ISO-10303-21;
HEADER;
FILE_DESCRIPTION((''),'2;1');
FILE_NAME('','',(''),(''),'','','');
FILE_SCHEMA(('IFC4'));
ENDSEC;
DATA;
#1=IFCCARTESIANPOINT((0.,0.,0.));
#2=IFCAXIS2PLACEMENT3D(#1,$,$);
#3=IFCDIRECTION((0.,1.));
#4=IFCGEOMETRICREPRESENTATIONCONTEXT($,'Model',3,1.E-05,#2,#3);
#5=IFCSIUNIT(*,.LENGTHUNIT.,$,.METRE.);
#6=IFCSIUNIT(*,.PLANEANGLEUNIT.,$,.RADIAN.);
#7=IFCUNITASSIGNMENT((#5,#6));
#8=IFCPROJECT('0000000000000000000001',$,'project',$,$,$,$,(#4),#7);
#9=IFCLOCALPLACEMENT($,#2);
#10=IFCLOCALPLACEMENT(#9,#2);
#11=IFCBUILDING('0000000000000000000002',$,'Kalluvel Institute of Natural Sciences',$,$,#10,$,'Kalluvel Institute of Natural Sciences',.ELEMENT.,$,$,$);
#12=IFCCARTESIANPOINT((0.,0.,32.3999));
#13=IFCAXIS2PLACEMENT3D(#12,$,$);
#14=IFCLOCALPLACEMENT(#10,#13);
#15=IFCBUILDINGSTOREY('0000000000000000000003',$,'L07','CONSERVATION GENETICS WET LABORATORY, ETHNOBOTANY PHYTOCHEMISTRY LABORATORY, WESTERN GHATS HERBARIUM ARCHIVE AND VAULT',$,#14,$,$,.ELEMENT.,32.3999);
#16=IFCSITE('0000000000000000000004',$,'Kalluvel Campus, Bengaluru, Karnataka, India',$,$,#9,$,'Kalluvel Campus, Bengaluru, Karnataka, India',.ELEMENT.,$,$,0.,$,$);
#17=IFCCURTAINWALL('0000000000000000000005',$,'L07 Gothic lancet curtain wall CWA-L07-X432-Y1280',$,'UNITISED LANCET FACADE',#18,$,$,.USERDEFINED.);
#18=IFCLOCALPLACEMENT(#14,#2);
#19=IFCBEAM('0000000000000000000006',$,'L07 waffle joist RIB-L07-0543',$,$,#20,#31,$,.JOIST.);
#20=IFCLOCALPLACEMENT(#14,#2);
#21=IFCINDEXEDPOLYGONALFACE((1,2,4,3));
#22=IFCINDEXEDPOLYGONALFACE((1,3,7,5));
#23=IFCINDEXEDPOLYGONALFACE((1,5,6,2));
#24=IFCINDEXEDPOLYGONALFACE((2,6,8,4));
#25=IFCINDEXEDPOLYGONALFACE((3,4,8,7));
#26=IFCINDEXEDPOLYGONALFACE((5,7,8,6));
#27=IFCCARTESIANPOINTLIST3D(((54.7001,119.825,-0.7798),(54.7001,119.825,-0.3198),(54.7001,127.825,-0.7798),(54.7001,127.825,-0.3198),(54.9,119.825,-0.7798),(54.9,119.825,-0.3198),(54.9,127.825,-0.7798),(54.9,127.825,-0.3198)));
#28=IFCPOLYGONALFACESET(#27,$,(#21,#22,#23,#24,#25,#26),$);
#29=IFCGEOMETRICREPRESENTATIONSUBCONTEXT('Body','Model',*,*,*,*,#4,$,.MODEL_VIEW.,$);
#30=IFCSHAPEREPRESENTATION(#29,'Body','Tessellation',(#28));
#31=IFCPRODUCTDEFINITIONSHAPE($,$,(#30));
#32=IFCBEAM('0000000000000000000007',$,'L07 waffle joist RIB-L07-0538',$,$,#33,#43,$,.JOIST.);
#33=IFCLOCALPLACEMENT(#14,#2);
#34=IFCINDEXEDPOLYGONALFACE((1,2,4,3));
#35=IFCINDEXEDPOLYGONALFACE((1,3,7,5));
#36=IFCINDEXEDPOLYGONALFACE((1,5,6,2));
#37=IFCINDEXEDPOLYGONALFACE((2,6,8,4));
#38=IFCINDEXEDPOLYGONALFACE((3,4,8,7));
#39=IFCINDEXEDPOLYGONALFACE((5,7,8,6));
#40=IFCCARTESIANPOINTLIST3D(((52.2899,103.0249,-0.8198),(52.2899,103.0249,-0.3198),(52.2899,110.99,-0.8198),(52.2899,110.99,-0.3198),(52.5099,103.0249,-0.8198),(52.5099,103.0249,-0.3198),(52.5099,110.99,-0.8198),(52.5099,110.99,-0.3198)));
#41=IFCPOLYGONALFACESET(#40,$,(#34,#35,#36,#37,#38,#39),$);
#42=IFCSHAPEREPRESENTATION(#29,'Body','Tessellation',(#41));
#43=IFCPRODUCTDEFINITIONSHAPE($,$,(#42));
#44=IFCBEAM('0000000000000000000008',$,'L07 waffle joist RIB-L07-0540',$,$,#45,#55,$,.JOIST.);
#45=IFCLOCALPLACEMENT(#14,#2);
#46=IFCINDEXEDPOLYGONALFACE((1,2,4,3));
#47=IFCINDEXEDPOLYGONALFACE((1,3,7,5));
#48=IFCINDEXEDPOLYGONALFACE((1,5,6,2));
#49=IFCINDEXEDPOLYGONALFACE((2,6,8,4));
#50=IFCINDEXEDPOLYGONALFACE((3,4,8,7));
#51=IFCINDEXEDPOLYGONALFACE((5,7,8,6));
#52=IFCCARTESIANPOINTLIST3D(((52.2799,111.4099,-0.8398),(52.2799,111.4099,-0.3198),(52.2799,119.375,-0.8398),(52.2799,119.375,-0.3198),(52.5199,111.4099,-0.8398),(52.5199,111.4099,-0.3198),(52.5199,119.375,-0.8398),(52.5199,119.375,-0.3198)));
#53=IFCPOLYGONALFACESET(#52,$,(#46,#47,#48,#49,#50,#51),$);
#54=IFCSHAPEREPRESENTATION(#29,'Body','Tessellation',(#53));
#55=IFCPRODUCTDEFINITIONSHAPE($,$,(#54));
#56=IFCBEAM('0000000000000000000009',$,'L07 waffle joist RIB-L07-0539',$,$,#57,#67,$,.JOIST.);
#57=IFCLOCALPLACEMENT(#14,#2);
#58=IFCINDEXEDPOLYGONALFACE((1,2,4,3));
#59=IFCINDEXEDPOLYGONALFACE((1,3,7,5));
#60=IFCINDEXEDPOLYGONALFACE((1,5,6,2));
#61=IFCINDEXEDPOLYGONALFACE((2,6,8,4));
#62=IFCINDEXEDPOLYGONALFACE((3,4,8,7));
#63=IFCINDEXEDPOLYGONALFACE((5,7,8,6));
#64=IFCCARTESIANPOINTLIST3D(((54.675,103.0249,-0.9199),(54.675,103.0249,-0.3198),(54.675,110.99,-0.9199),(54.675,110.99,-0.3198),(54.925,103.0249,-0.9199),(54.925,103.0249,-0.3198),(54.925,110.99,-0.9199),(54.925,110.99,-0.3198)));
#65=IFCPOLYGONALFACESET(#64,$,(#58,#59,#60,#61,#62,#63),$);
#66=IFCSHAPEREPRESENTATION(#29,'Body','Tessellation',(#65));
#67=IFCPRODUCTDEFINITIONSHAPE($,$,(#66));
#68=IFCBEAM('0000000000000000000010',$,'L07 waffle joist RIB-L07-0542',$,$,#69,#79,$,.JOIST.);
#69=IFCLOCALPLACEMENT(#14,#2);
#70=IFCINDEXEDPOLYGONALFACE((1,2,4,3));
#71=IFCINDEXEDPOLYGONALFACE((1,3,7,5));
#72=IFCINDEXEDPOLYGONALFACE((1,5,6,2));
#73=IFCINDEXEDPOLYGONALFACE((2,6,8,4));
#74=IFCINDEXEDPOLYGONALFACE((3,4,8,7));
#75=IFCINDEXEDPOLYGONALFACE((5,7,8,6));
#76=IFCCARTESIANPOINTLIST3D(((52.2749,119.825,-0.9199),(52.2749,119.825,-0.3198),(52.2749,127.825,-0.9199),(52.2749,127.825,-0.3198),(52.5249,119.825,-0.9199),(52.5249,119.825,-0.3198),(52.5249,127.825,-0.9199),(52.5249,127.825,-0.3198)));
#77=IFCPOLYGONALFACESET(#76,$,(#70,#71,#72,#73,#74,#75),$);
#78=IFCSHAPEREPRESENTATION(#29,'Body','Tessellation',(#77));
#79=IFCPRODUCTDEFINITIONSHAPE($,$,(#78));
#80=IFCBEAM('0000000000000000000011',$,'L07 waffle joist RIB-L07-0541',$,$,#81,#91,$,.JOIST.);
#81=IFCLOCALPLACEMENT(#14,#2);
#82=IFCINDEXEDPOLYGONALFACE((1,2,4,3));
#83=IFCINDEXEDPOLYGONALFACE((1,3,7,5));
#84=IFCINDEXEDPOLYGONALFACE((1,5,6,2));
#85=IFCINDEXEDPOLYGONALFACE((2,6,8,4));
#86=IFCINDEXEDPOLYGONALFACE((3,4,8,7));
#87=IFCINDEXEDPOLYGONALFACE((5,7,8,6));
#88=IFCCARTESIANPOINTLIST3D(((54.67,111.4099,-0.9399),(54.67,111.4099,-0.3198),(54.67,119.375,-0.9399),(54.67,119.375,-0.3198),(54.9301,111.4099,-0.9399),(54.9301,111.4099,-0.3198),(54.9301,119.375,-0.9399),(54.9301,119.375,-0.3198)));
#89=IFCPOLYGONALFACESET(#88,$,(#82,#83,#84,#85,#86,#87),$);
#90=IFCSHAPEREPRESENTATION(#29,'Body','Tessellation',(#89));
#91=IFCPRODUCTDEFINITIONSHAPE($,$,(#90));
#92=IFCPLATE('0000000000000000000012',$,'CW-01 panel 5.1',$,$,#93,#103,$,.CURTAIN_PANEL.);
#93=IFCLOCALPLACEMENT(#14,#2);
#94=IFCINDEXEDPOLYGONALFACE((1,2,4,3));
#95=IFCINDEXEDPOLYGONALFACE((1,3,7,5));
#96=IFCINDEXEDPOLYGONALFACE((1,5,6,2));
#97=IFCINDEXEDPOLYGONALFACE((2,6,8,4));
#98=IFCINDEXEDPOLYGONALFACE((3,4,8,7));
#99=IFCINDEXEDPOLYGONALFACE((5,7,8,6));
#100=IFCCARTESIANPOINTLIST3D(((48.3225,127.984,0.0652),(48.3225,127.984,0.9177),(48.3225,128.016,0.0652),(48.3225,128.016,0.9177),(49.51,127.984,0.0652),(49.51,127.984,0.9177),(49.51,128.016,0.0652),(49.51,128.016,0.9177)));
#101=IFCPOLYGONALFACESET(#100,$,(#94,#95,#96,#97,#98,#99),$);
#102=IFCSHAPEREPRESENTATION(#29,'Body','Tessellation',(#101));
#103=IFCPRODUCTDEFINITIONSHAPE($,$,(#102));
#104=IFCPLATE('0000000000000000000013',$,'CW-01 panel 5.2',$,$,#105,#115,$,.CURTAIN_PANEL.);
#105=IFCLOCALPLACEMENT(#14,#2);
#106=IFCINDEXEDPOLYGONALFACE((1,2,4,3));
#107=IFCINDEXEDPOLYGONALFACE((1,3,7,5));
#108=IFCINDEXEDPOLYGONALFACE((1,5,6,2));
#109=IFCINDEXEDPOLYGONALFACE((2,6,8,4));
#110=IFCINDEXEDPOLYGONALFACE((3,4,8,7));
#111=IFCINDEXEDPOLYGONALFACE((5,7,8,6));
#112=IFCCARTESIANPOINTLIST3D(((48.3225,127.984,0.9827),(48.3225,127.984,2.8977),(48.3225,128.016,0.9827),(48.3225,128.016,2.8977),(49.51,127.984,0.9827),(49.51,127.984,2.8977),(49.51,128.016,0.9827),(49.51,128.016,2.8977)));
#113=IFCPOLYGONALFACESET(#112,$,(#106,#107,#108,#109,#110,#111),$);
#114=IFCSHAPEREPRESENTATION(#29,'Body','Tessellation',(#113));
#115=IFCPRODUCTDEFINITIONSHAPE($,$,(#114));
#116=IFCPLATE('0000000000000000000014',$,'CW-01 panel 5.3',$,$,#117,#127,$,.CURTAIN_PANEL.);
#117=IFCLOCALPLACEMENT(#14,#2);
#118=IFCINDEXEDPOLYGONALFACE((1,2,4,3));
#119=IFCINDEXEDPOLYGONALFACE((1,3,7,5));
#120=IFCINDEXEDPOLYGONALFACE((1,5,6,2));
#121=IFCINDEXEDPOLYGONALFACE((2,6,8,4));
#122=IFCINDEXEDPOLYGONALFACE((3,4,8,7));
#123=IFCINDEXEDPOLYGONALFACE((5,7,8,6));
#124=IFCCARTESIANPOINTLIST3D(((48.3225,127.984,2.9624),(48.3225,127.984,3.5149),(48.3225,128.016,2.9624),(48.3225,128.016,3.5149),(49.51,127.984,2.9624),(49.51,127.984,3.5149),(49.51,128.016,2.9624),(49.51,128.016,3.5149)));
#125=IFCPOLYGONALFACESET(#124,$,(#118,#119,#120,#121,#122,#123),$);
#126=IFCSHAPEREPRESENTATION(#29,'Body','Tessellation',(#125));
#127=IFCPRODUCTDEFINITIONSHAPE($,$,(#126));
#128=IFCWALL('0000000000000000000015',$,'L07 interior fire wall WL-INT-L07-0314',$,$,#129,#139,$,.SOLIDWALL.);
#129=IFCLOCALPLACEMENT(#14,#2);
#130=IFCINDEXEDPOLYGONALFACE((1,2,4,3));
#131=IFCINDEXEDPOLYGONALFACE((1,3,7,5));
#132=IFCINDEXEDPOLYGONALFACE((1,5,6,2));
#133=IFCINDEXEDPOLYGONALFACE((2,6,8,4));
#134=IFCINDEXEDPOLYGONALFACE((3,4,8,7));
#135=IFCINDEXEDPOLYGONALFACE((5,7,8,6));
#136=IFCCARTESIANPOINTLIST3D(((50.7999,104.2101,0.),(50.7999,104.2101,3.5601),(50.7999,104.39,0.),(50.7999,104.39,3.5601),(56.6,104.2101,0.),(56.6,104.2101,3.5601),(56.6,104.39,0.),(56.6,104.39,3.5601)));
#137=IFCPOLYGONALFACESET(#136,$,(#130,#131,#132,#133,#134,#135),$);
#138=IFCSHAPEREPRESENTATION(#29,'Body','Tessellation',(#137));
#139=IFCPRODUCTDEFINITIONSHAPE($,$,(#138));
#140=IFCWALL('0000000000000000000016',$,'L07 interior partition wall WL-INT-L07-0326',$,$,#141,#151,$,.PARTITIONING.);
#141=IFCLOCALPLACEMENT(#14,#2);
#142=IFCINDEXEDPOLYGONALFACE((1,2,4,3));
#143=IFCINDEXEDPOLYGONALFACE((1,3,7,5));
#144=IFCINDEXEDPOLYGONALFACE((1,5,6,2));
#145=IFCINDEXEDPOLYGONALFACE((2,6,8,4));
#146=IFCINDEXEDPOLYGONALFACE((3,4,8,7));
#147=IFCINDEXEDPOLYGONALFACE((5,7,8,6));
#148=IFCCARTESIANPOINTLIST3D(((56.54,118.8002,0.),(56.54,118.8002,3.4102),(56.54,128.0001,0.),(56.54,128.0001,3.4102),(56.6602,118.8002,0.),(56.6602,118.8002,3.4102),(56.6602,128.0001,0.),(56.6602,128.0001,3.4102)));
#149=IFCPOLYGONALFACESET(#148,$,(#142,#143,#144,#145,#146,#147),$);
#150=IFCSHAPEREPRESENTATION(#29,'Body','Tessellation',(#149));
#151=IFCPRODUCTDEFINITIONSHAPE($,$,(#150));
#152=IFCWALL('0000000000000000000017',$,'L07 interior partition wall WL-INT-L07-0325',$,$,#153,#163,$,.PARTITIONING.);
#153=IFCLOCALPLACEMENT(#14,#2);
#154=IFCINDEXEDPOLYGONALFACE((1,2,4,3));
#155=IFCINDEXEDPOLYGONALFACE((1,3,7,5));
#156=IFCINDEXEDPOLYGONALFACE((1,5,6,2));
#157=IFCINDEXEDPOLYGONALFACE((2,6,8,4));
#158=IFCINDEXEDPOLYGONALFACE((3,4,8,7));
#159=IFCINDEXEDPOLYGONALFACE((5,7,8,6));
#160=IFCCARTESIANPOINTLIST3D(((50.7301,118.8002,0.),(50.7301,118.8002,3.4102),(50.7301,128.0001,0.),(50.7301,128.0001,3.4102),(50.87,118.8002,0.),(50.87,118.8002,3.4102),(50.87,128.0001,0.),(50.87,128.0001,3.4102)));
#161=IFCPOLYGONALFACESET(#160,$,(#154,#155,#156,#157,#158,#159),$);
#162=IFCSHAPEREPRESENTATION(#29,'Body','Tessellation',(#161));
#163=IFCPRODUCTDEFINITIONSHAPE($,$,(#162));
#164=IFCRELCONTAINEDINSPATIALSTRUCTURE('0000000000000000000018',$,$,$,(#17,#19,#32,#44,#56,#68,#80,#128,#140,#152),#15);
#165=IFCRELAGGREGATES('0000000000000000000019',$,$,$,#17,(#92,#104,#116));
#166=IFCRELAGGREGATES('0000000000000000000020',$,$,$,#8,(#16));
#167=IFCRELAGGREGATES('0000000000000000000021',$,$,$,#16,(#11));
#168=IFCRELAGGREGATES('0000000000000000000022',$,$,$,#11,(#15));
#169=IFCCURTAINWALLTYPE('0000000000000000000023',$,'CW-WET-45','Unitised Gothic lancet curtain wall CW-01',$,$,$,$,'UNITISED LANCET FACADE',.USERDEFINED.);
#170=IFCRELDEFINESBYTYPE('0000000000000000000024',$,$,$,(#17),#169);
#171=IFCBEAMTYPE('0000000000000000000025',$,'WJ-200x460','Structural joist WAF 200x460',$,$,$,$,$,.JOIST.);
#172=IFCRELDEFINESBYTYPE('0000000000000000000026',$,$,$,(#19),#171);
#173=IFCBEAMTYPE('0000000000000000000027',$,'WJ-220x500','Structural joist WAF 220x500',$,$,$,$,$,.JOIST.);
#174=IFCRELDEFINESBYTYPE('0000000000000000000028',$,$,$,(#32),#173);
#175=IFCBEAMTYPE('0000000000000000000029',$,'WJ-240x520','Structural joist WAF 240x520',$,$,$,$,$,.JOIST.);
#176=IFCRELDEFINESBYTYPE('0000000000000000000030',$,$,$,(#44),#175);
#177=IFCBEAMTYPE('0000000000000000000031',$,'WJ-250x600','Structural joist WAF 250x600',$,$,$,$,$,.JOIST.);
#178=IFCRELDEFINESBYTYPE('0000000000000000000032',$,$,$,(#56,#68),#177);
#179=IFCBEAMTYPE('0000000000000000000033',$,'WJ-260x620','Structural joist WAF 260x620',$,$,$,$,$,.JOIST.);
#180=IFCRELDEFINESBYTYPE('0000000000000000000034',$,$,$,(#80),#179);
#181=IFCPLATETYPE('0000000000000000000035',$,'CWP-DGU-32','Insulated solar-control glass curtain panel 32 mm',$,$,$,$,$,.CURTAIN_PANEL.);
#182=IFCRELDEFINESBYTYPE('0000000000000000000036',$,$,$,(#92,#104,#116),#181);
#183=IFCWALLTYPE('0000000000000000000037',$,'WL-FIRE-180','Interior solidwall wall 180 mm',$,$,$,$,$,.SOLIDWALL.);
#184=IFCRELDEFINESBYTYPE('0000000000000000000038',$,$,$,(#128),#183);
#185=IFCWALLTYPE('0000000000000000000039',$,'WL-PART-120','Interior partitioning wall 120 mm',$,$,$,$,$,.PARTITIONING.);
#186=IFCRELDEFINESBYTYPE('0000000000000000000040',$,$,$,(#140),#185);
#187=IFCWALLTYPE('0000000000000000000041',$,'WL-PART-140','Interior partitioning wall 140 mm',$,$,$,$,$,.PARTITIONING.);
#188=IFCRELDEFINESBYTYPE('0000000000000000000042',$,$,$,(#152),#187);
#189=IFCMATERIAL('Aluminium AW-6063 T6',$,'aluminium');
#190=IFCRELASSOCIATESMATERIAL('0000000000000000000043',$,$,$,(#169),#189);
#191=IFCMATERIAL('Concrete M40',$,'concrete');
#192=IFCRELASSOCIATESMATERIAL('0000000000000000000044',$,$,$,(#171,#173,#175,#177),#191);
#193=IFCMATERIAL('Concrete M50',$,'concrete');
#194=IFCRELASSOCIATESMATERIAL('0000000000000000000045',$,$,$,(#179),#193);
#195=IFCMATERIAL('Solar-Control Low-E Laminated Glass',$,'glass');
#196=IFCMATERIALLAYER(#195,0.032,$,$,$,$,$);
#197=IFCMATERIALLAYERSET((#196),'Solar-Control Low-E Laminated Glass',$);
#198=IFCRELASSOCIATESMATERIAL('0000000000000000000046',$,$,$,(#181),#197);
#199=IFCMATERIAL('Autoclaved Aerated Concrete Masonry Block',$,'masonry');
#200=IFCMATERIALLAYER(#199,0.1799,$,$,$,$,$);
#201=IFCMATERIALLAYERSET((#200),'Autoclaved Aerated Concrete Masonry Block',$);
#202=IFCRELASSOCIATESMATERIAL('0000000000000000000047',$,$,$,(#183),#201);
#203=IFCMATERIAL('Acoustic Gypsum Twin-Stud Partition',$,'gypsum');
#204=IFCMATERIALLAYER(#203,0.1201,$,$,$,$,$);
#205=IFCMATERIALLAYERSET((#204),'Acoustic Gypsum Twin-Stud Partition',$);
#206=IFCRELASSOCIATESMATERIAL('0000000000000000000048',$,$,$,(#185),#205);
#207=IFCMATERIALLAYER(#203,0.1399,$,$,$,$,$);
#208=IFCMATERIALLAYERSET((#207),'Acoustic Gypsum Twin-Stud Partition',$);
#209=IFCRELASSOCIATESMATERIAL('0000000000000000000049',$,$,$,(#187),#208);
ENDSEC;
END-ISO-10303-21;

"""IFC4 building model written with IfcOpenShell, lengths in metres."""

from ifc_helpers import new_model, si_unit, direction, frame, frame_2d, origin, origin_2d, place, context, subcontext, project, spatial, rectangle, extrude, material, layer, layer_set, material_profile, profile_set, type_object, element, aggregate, save


model = new_model("IFC4")

# Units and contexts
model_context = context("Model", 3, precision=1e-05, world=origin(), true_north=direction((0.0, 1.0)))
body_context = subcontext(model_context, "Body", "Model", "MODEL_VIEW")
ifc_project = project(units=[si_unit("LENGTHUNIT", "METRE"), si_unit("PLANEANGLEUNIT", "RADIAN")], contexts=[model_context])

# Site, building, storey
site_placement = place(None, origin())
site = spatial("IfcSite", under=ifc_project, at=site_placement, Name="Kalluvel Campus, Bengaluru, Karnataka, India", LongName="Kalluvel Campus, Bengaluru, Karnataka, India", CompositionType="ELEMENT", RefElevation=0.0)
building_placement = place(site_placement, origin())
building = spatial("IfcBuilding", under=site, at=building_placement, Name="Kalluvel Institute of Natural Sciences", LongName="Kalluvel Institute of Natural Sciences", CompositionType="ELEMENT")
storey_placement = place(building_placement, frame((0.0, 0.0, 32.3999)))
storey = spatial("IfcBuildingStorey", under=building, at=storey_placement, Name="L07", Description="CONSERVATION GENETICS WET LABORATORY, ETHNOBOTANY PHYTOCHEMISTRY LABORATORY, WESTERN GHATS HERBARIUM ARCHIVE AND VAULT", CompositionType="ELEMENT", Elevation=32.3999)

# Shared definitions
ifc_material_1 = material(Name="Concrete M40", Category="concrete")

# Shared definitions
ifc_material_2 = material(Name="Concrete M50", Category="concrete")

# Curtain wall
ifc_material_3 = material(Name="Aluminium AW-6063 T6", Category="aluminium")
curtain_wall_type = type_object("IfcCurtainWallType", Name="CW-WET-45", Description="Unitised Gothic lancet curtain wall CW-01", ElementType="UNITISED LANCET FACADE", PredefinedType="USERDEFINED", material=ifc_material_3)
curtain_wall_1_placement = place(storey_placement, origin())
curtain_wall_1 = element("IfcCurtainWall", 1, at=curtain_wall_1_placement, inside=storey, type_object=curtain_wall_type, Name="L07 Gothic lancet curtain wall CWA-L07-X432-Y1280", ObjectType="UNITISED LANCET FACADE", PredefinedType="USERDEFINED")

# Beams
ifc_material_profile_1 = material_profile(ifc_material_1, rectangle(XDim=0.2, YDim=0.46, at=origin_2d()), Name="WAF 200x460")
ifc_profile_set_1 = profile_set([ifc_material_profile_1], Name="Concrete M40")
beam_type_1 = type_object("IfcBeamType", Name="WJ-200x460", Description="Structural joist WAF 200x460", PredefinedType="JOIST", material=ifc_profile_set_1)
beam_1_placement = place(storey_placement, frame((54.8, 119.825, -0.5498), z_axis=(0.0, 1.0, 0.0), x_axis=(-1.0, 0.0, 0.0)))
element("IfcBeam", 2, at=beam_1_placement, inside=storey, type_object=beam_type_1, Name="L07 waffle joist RIB-L07-0543", PredefinedType="JOIST", context=body_context, shape_type="SweptSolid", body=[
    extrude(rectangle(XDim=0.2, YDim=0.46, at=origin_2d()), origin(), (0.0, 0.0, 1.0), 8.0),
])
ifc_material_profile_2 = material_profile(ifc_material_1, rectangle(XDim=0.22, YDim=0.5, at=origin_2d()), Name="WAF 220x500")
ifc_profile_set_2 = profile_set([ifc_material_profile_2], Name="Concrete M40")
beam_type_2 = type_object("IfcBeamType", Name="WJ-220x500", Description="Structural joist WAF 220x500", PredefinedType="JOIST", material=ifc_profile_set_2)
beam_2_placement = place(storey_placement, frame((52.3999, 103.0249, -0.5698), z_axis=(0.0, 1.0, 0.0), x_axis=(-1.0, 0.0, 0.0)))
element("IfcBeam", 3, at=beam_2_placement, inside=storey, type_object=beam_type_2, Name="L07 waffle joist RIB-L07-0538", PredefinedType="JOIST", context=body_context, shape_type="SweptSolid", body=[
    extrude(rectangle(XDim=0.22, YDim=0.5, at=origin_2d()), origin(), (0.0, 0.0, 1.0), 7.9651),
])
ifc_material_profile_3 = material_profile(ifc_material_1, rectangle(XDim=0.24, YDim=0.52, at=origin_2d()), Name="WAF 240x520")
ifc_profile_set_3 = profile_set([ifc_material_profile_3], Name="Concrete M40")
beam_type_3 = type_object("IfcBeamType", Name="WJ-240x520", Description="Structural joist WAF 240x520", PredefinedType="JOIST", material=ifc_profile_set_3)
beam_3_placement = place(storey_placement, frame((52.3999, 111.4099, -0.5798), z_axis=(0.0, 1.0, 0.0), x_axis=(-1.0, 0.0, 0.0)))
element("IfcBeam", 4, at=beam_3_placement, inside=storey, type_object=beam_type_3, Name="L07 waffle joist RIB-L07-0540", PredefinedType="JOIST", context=body_context, shape_type="SweptSolid", body=[
    extrude(rectangle(XDim=0.24, YDim=0.52, at=origin_2d()), origin(), (0.0, 0.0, 1.0), 7.9651),
])
ifc_material_profile_4 = material_profile(ifc_material_1, rectangle(XDim=0.25, YDim=0.6001, at=origin_2d()), Name="WAF 250x600")
ifc_profile_set_4 = profile_set([ifc_material_profile_4], Name="Concrete M40")
beam_type_4 = type_object("IfcBeamType", Name="WJ-250x600", Description="Structural joist WAF 250x600", PredefinedType="JOIST", material=ifc_profile_set_4)
beam_4_placement = place(storey_placement, frame((54.8, 103.0249, -0.6199), z_axis=(0.0, 1.0, 0.0), x_axis=(-1.0, 0.0, 0.0)))
element("IfcBeam", 5, at=beam_4_placement, inside=storey, type_object=beam_type_4, Name="L07 waffle joist RIB-L07-0539", PredefinedType="JOIST", context=body_context, shape_type="SweptSolid", body=[
    extrude(rectangle(XDim=0.25, YDim=0.6001, at=origin_2d()), origin(), (0.0, 0.0, 1.0), 7.9651),
])
beam_5_placement = place(storey_placement, frame((52.3999, 119.825, -0.6199), z_axis=(0.0, 1.0, 0.0), x_axis=(-1.0, 0.0, 0.0)))
element("IfcBeam", 6, at=beam_5_placement, inside=storey, type_object=beam_type_4, Name="L07 waffle joist RIB-L07-0542", PredefinedType="JOIST", context=body_context, shape_type="SweptSolid", body=[
    extrude(rectangle(XDim=0.25, YDim=0.6001, at=origin_2d()), origin(), (0.0, 0.0, 1.0), 8.0),
])
ifc_material_profile_5 = material_profile(ifc_material_2, rectangle(XDim=0.26, YDim=0.6201, at=origin_2d()), Name="WAF 260x620")
ifc_profile_set_5 = profile_set([ifc_material_profile_5], Name="Concrete M50")
beam_type_5 = type_object("IfcBeamType", Name="WJ-260x620", Description="Structural joist WAF 260x620", PredefinedType="JOIST", material=ifc_profile_set_5)
beam_6_placement = place(storey_placement, frame((54.8, 111.4099, -0.6299), z_axis=(0.0, 1.0, 0.0), x_axis=(-1.0, 0.0, 0.0)))
element("IfcBeam", 7, at=beam_6_placement, inside=storey, type_object=beam_type_5, Name="L07 waffle joist RIB-L07-0541", PredefinedType="JOIST", context=body_context, shape_type="SweptSolid", body=[
    extrude(rectangle(XDim=0.26, YDim=0.6201, at=origin_2d()), origin(), (0.0, 0.0, 1.0), 7.9651),
])

# Plates
ifc_material_4 = material(Name="Solar-Control Low-E Laminated Glass", Category="glass")
ifc_layer_1 = layer(ifc_material_4, 0.032)
ifc_layer_set_1 = layer_set([ifc_layer_1], Name="Solar-Control Low-E Laminated Glass")
plate_type = type_object("IfcPlateType", Name="CWP-DGU-32", Description="Insulated solar-control glass curtain panel 32 mm", PredefinedType="CURTAIN_PANEL", material=ifc_layer_set_1)
plate_1_placement = place(storey_placement, frame((48.9163, 128.0, 0.0652), z_axis=(0.0, 0.0, 1.0), x_axis=(1.0, 0.0, 0.0)))
plate_1 = element("IfcPlate", 8, at=plate_1_placement, type_object=plate_type, Name="CW-01 panel 5.1", PredefinedType="CURTAIN_PANEL", context=body_context, shape_type="SweptSolid", body=[
    extrude(rectangle(XDim=1.1875, YDim=0.032, at=origin_2d()), origin(), (0.0, 0.0, 1.0), 0.8525),
])
plate_2_placement = place(storey_placement, frame((48.9163, 128.0, 0.9827), z_axis=(0.0, 0.0, 1.0), x_axis=(1.0, 0.0, 0.0)))
plate_2 = element("IfcPlate", 9, at=plate_2_placement, type_object=plate_type, Name="CW-01 panel 5.2", PredefinedType="CURTAIN_PANEL", context=body_context, shape_type="SweptSolid", body=[
    extrude(rectangle(XDim=1.1875, YDim=0.032, at=origin_2d()), origin(), (0.0, 0.0, 1.0), 1.915),
])
plate_3_placement = place(storey_placement, frame((48.9163, 128.0, 2.9624), z_axis=(0.0, 0.0, 1.0), x_axis=(1.0, 0.0, 0.0)))
plate_3 = element("IfcPlate", 10, at=plate_3_placement, type_object=plate_type, Name="CW-01 panel 5.3", PredefinedType="CURTAIN_PANEL", context=body_context, shape_type="SweptSolid", body=[
    extrude(rectangle(XDim=1.1875, YDim=0.032, at=origin_2d()), origin(), (0.0, 0.0, 1.0), 0.5525),
])
aggregate(curtain_wall_1, [plate_1, plate_2, plate_3])

# Walls
ifc_material_5 = material(Name="Autoclaved Aerated Concrete Masonry Block", Category="masonry")
ifc_layer_2 = layer(ifc_material_5, 0.1799)
ifc_layer_set_2 = layer_set([ifc_layer_2], Name="Autoclaved Aerated Concrete Masonry Block")
wall_type_1 = type_object("IfcWallType", Name="WL-FIRE-180", Description="Interior solidwall wall 180 mm", PredefinedType="SOLIDWALL", material=ifc_layer_set_2)
wall_1_placement = place(storey_placement, frame((50.8, 104.3, 0.0), z_axis=(0.0, 0.0, 1.0), x_axis=(1.0, 0.0, 0.0)))
element("IfcWall", 11, at=wall_1_placement, inside=storey, type_object=wall_type_1, Name="L07 interior fire wall WL-INT-L07-0314", PredefinedType="SOLIDWALL", context=body_context, shape_type="SweptSolid", body=[
    extrude(rectangle(XDim=5.8, YDim=0.1799, at=frame_2d((2.8999, 0.0))), origin(), (0.0, 0.0, 1.0), 3.5601),
])
ifc_material_6 = material(Name="Acoustic Gypsum Twin-Stud Partition", Category="gypsum")
ifc_layer_3 = layer(ifc_material_6, 0.1201)
ifc_layer_set_3 = layer_set([ifc_layer_3], Name="Acoustic Gypsum Twin-Stud Partition")
wall_type_2 = type_object("IfcWallType", Name="WL-PART-120", Description="Interior partitioning wall 120 mm", PredefinedType="PARTITIONING", material=ifc_layer_set_3)
wall_2_placement = place(storey_placement, frame((56.6001, 118.8, 0.0), z_axis=(0.0, 0.0, 1.0), x_axis=(0.0, 1.0, 0.0)))
element("IfcWall", 12, at=wall_2_placement, inside=storey, type_object=wall_type_2, Name="L07 interior partition wall WL-INT-L07-0326", PredefinedType="PARTITIONING", context=body_context, shape_type="SweptSolid", body=[
    extrude(rectangle(XDim=9.2, YDim=0.1201, at=frame_2d((4.6001, 0.0))), origin(), (0.0, 0.0, 1.0), 3.4102),
])
ifc_layer_4 = layer(ifc_material_6, 0.1399)
ifc_layer_set_4 = layer_set([ifc_layer_4], Name="Acoustic Gypsum Twin-Stud Partition")
wall_type_3 = type_object("IfcWallType", Name="WL-PART-140", Description="Interior partitioning wall 140 mm", PredefinedType="PARTITIONING", material=ifc_layer_set_4)
wall_3_placement = place(storey_placement, frame((50.8, 118.8, 0.0), z_axis=(0.0, 0.0, 1.0), x_axis=(0.0, 1.0, 0.0)))
element("IfcWall", 13, at=wall_3_placement, inside=storey, type_object=wall_type_3, Name="L07 interior partition wall WL-INT-L07-0325", PredefinedType="PARTITIONING", context=body_context, shape_type="SweptSolid", body=[
    extrude(rectangle(XDim=9.2, YDim=0.1399, at=frame_2d((4.6001, 0.0))), origin(), (0.0, 0.0, 1.0), 3.4102),
])

save(model, "model.ifc")
